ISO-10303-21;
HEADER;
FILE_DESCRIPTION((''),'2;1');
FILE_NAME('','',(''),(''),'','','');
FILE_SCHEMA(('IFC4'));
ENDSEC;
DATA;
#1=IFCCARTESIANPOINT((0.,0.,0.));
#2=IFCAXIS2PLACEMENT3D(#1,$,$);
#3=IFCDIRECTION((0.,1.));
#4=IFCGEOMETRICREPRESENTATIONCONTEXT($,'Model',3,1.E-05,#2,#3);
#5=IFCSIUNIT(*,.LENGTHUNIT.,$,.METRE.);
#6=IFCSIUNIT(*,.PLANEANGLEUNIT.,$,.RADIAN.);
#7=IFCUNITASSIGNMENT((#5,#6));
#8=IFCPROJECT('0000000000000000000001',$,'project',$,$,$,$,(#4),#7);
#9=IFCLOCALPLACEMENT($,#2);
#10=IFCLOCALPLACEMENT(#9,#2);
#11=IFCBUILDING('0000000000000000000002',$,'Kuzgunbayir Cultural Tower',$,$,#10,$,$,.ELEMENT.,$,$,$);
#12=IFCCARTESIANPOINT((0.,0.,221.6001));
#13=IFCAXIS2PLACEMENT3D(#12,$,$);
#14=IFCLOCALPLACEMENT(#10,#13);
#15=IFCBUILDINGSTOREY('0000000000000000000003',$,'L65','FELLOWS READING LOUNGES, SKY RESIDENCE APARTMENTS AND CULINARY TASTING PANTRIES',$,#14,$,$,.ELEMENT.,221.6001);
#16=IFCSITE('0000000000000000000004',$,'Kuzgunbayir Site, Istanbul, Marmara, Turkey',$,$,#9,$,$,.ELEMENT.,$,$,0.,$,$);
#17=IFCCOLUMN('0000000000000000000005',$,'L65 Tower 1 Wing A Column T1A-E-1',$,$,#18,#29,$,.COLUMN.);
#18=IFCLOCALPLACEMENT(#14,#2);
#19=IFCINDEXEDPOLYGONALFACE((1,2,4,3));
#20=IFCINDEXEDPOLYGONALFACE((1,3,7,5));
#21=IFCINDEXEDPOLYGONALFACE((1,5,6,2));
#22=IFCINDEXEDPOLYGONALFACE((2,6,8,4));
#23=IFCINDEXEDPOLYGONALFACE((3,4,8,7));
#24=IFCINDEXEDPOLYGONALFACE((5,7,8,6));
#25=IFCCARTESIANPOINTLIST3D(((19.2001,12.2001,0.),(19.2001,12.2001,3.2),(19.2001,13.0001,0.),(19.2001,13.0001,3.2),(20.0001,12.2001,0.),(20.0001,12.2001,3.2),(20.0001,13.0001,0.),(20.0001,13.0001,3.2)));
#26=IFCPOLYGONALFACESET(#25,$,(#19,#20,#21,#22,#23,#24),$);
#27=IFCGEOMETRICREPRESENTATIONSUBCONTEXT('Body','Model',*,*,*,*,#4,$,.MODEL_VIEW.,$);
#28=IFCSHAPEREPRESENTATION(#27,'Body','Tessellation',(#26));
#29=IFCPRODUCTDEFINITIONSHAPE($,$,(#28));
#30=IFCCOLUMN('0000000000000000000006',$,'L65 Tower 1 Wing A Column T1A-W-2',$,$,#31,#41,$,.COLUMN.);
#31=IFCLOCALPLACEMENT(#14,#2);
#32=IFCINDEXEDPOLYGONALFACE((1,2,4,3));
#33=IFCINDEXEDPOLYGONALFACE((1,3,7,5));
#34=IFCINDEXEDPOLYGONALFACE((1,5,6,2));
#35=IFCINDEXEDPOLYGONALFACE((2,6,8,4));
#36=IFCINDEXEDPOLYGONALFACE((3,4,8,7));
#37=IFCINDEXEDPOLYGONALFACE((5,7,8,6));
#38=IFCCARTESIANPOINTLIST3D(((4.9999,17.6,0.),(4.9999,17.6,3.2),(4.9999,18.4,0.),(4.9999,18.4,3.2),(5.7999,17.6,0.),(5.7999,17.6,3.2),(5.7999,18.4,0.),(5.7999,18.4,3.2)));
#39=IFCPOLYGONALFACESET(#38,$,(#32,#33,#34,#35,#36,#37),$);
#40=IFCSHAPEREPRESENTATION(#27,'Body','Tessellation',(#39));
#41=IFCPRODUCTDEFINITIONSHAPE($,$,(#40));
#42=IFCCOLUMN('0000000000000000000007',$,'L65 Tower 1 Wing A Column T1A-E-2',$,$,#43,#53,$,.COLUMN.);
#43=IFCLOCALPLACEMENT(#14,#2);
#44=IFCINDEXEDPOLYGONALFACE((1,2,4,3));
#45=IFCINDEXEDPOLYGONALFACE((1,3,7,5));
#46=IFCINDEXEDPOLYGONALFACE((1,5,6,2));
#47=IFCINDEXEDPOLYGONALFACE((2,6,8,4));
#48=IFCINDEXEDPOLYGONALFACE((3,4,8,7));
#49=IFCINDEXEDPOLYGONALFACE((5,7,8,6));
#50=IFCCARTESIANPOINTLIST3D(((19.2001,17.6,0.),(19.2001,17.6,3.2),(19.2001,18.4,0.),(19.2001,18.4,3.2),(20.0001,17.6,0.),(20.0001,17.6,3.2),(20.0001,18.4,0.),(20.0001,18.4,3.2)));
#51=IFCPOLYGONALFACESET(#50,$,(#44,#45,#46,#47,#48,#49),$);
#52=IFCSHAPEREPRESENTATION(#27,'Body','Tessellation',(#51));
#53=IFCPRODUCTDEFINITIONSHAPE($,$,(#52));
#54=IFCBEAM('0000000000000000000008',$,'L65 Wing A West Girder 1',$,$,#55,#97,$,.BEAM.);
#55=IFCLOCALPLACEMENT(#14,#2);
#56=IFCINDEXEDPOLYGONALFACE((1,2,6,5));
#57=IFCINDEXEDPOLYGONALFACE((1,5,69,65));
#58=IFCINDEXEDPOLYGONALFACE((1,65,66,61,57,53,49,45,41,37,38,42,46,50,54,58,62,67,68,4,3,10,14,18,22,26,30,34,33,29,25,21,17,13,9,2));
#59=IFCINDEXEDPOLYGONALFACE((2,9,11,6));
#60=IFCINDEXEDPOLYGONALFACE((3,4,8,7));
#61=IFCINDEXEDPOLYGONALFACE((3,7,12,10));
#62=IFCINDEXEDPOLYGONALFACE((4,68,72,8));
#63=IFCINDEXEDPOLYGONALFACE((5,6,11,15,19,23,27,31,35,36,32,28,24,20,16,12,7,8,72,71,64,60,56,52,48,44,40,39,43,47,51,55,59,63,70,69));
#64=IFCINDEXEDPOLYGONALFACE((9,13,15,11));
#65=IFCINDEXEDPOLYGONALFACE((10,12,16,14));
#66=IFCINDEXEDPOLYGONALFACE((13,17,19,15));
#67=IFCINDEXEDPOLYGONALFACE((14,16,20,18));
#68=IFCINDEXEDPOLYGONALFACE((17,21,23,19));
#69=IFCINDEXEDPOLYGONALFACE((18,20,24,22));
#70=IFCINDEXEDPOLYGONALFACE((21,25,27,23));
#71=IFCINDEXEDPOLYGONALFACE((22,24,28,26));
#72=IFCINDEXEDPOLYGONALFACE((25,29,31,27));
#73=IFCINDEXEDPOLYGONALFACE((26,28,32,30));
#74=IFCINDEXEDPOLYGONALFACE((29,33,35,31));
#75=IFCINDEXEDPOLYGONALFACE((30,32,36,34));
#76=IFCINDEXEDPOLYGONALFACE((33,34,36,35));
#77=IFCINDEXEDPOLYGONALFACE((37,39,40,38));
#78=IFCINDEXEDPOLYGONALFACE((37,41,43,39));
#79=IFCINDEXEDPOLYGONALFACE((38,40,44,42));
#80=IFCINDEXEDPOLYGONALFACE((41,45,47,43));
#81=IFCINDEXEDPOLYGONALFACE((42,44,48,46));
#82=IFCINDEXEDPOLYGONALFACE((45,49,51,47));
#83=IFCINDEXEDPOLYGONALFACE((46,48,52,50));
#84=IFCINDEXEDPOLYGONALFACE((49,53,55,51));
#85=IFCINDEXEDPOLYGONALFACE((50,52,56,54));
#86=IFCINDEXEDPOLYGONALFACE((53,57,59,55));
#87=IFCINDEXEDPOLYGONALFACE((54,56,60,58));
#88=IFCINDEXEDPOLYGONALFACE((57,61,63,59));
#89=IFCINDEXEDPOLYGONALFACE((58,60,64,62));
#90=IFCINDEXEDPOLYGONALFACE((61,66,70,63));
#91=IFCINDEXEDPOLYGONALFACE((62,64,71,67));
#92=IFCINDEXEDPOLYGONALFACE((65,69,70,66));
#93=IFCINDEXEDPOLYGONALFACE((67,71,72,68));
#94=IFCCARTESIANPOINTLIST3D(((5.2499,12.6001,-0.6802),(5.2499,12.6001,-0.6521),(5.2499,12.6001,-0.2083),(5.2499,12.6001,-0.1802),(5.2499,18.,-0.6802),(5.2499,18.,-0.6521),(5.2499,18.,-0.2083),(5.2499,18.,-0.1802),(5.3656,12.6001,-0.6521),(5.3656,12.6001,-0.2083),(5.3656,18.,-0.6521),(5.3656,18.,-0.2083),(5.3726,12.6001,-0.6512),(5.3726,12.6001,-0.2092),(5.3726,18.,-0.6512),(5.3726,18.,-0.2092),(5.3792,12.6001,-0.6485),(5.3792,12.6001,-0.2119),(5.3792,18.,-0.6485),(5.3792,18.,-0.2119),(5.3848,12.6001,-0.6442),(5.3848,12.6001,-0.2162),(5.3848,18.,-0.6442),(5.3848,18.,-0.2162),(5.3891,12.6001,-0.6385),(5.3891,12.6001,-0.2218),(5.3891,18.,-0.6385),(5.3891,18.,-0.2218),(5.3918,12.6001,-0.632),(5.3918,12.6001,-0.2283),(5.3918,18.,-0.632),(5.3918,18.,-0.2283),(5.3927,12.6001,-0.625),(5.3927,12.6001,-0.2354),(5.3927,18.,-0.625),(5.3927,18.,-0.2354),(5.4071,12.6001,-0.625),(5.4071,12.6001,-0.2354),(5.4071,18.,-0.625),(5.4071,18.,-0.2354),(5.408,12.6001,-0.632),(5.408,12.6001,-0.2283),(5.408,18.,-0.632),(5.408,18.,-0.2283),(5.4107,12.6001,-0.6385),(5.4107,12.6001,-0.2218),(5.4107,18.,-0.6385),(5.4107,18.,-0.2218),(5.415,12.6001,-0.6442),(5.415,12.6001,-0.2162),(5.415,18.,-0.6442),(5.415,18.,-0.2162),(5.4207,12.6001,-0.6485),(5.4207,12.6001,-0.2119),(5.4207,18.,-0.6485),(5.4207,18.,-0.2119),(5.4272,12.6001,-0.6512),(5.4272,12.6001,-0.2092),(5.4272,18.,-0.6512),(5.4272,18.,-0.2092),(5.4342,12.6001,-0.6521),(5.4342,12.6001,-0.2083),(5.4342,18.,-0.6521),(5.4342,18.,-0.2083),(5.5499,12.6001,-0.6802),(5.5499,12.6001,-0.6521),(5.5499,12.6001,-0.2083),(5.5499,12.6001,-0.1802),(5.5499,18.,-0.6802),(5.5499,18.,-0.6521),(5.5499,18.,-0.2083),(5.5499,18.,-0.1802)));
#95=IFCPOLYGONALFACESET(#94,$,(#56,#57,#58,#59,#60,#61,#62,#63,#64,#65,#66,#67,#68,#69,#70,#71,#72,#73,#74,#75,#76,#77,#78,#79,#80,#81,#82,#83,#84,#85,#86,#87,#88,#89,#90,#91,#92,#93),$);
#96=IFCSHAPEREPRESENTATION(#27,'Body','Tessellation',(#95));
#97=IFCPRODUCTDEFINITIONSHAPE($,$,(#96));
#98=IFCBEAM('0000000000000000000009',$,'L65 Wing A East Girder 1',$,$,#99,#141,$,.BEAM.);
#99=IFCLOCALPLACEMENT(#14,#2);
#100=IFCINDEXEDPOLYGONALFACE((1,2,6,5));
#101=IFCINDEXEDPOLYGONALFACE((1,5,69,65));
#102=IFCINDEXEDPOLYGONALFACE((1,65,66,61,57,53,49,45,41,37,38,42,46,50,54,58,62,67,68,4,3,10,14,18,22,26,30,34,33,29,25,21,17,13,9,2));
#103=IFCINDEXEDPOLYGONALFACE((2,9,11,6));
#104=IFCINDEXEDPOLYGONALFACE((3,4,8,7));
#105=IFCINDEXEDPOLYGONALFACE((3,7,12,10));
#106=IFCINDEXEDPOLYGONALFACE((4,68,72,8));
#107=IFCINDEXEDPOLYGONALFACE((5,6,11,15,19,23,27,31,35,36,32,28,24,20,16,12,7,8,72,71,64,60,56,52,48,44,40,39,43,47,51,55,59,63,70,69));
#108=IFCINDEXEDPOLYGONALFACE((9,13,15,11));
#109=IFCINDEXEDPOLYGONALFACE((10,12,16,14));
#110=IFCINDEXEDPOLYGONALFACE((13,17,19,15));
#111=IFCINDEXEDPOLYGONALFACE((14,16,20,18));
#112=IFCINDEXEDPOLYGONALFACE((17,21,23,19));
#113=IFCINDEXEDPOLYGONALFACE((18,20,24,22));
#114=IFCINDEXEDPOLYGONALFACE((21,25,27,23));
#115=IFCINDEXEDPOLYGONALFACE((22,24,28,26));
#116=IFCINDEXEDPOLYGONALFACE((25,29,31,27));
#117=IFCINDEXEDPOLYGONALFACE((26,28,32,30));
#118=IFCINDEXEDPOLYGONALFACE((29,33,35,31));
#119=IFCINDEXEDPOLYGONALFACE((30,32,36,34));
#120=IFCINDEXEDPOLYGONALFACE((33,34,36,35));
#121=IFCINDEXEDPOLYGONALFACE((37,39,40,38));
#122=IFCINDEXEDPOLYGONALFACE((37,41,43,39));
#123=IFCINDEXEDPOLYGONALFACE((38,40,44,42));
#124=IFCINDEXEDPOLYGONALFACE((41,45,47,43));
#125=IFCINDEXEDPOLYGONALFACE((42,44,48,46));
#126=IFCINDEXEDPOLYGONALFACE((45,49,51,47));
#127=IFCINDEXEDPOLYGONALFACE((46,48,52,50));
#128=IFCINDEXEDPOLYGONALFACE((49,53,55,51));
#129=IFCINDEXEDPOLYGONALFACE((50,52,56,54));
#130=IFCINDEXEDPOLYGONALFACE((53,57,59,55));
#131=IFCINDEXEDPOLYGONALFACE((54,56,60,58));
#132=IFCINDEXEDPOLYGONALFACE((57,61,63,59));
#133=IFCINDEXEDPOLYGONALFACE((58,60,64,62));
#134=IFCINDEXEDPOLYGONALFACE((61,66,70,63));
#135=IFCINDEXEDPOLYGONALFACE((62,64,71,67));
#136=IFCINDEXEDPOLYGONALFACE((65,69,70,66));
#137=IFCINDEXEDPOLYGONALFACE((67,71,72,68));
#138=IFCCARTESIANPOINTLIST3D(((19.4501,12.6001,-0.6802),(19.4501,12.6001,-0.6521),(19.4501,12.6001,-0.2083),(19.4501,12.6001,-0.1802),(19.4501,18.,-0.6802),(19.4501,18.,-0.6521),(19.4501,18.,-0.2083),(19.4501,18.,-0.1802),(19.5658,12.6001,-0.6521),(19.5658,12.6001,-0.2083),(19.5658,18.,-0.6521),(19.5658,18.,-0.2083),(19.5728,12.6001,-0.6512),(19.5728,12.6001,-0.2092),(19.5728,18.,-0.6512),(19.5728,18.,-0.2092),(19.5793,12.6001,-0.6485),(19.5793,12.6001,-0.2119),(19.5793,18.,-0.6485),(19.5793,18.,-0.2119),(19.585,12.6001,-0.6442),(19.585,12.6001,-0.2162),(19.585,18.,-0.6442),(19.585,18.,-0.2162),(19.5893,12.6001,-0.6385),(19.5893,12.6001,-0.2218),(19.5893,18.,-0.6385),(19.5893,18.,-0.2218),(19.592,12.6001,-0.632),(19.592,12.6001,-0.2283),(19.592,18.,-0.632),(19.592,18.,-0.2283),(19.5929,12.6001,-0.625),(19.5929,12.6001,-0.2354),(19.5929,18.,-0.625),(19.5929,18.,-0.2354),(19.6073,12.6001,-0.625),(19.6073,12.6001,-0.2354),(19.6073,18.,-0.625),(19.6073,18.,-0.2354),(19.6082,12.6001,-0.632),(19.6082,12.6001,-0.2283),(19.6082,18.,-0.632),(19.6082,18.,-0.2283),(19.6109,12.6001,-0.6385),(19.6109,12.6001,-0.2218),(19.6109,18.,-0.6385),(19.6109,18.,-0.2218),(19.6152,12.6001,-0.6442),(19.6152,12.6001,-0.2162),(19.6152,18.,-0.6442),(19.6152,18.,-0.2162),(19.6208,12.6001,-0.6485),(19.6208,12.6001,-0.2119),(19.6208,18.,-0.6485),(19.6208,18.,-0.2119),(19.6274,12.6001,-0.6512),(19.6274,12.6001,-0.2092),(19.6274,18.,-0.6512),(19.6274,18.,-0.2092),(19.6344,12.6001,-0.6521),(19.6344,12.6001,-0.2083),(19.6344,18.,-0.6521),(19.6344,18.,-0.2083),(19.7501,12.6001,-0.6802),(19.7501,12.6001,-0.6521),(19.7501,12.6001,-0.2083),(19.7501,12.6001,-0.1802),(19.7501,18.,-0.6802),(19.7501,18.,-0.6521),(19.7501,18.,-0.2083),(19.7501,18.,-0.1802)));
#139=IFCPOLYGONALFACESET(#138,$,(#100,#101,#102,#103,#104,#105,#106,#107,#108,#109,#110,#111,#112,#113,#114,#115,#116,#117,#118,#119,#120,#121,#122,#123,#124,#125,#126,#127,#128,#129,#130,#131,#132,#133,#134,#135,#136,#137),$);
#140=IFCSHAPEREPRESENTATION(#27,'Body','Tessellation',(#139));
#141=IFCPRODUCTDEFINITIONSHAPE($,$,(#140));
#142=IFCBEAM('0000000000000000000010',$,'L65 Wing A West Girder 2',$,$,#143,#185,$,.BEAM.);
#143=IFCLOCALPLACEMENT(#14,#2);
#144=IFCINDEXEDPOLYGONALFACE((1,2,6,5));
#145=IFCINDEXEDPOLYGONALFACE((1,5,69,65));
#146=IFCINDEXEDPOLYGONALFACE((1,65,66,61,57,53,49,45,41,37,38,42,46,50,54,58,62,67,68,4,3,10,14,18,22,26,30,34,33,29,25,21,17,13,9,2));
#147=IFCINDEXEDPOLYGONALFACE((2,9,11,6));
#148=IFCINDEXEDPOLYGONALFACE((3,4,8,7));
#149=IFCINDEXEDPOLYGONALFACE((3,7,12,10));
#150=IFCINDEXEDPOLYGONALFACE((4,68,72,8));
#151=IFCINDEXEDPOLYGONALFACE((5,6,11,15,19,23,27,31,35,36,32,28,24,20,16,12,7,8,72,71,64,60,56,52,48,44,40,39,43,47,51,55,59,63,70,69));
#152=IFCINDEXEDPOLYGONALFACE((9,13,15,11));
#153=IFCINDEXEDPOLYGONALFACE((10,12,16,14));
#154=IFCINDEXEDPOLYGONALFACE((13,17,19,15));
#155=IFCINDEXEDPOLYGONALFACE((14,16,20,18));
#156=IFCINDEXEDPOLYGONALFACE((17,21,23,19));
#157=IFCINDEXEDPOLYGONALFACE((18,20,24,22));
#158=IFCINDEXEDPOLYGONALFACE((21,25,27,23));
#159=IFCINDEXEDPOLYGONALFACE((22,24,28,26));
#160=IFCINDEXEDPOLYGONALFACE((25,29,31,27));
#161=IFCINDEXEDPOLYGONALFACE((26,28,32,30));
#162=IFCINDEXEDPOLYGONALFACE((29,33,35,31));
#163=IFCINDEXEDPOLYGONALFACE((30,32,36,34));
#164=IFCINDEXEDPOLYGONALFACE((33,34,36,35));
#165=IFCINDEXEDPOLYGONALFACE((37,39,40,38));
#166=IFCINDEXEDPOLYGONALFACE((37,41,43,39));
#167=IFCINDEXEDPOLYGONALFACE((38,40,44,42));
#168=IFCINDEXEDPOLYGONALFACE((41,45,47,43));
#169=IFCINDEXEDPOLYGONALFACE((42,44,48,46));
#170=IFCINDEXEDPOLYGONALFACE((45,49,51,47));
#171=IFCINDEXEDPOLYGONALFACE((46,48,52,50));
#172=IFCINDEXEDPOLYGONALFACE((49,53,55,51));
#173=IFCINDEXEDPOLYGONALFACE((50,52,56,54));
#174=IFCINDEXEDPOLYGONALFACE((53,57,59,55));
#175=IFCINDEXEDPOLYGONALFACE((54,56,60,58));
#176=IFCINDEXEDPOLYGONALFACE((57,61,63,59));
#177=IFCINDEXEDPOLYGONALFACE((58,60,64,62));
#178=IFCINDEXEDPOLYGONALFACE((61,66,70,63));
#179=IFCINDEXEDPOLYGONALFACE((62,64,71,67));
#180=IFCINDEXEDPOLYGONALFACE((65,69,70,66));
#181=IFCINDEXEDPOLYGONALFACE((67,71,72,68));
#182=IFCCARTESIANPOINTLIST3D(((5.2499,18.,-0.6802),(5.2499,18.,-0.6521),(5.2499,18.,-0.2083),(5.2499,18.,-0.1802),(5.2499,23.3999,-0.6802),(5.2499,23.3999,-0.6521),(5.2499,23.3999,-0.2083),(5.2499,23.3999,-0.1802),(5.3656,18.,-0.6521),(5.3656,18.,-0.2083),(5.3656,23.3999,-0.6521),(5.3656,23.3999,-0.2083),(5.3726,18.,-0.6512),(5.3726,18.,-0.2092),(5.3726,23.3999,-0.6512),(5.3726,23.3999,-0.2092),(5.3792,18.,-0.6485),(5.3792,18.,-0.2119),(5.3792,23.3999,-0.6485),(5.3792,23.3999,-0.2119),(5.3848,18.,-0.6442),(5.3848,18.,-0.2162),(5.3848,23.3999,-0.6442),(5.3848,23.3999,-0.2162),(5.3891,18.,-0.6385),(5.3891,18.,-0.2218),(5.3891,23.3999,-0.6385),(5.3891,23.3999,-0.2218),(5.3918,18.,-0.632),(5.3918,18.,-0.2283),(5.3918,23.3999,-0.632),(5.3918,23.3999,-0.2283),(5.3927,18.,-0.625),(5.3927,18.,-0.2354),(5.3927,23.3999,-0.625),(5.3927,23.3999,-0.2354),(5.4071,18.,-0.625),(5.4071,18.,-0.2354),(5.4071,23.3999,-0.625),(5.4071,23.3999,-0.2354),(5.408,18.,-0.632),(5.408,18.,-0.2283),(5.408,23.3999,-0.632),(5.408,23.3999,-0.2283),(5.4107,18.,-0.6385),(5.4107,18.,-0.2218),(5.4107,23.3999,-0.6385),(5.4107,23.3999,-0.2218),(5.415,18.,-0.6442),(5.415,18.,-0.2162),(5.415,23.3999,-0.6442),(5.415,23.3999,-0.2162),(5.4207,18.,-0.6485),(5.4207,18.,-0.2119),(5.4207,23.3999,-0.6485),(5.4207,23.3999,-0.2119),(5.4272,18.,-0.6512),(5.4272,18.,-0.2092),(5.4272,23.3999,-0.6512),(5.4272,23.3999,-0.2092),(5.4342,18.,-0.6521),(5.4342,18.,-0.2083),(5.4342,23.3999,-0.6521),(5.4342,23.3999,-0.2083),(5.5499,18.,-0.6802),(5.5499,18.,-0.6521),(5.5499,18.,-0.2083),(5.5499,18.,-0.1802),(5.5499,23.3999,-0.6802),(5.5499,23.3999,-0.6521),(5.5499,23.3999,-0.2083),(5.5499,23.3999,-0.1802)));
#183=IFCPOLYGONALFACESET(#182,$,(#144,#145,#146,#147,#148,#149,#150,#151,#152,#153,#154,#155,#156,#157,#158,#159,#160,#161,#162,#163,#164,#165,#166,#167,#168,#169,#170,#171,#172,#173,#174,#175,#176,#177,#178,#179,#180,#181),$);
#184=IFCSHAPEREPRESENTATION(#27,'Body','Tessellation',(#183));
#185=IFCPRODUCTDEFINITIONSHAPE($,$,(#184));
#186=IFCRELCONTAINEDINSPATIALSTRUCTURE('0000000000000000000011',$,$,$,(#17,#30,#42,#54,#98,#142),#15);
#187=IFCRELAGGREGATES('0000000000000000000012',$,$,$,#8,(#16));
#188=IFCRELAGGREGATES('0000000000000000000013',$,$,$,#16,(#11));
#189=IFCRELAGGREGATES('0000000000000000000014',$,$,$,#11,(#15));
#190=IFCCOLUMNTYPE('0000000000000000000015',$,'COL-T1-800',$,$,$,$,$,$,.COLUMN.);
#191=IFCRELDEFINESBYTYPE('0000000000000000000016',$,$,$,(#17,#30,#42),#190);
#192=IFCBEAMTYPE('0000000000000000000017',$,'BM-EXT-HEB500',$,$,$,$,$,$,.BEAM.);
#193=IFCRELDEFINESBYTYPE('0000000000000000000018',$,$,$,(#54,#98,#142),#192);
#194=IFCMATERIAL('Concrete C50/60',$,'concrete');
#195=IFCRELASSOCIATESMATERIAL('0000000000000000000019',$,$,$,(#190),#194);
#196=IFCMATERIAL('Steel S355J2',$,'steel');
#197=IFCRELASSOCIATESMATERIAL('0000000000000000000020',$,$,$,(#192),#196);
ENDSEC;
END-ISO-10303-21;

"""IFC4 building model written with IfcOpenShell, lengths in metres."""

from ifc_helpers import new_model, si_unit, direction, frame, origin, origin_2d, place, context, subcontext, project, spatial, rectangle, i_section, extrude, material, material_profile, profile_set, type_object, element, save


model = new_model("IFC4")

# Units and contexts
model_context = context("Model", 3, precision=1e-05, world=origin(), true_north=direction((0.0, 1.0)))
body_context = subcontext(model_context, "Body", "Model", "MODEL_VIEW")
ifc_project = project(units=[si_unit("LENGTHUNIT", "METRE"), si_unit("PLANEANGLEUNIT", "RADIAN")], contexts=[model_context])

# Site, building, storey
site_placement = place(None, origin())
site = spatial("IfcSite", under=ifc_project, at=site_placement, Name="Kuzgunbayir Site, Istanbul, Marmara, Turkey", CompositionType="ELEMENT", RefElevation=0.0)
building_placement = place(site_placement, origin())
building = spatial("IfcBuilding", under=site, at=building_placement, Name="Kuzgunbayir Cultural Tower", CompositionType="ELEMENT")
storey_placement = place(building_placement, frame((0.0, 0.0, 221.6001)))
storey = spatial("IfcBuildingStorey", under=building, at=storey_placement, Name="L65", Description="FELLOWS READING LOUNGES, SKY RESIDENCE APARTMENTS AND CULINARY TASTING PANTRIES", CompositionType="ELEMENT", Elevation=221.6001)

# Columns
ifc_material_1 = material(Name="Concrete C50/60", Category="concrete")
ifc_material_profile_1 = material_profile(ifc_material_1, rectangle(XDim=0.8, YDim=0.8, at=origin_2d()), Name="RC 800x800")
ifc_profile_set_1 = profile_set([ifc_material_profile_1], Name="Concrete C50/60")
column_type = type_object("IfcColumnType", Name="COL-T1-800", PredefinedType="COLUMN", material=ifc_profile_set_1)
for number, where, z_axis, x_axis, name in (
    (1, (19.6001, 12.6001, 0.0), (0.0, 0.0, 1.0), (1.0, 0.0, 0.0), "L65 Tower 1 Wing A Column T1A-E-1"),
    (2, (5.3999, 18.0, 0.0), (0.0, 0.0, 1.0), (1.0, 0.0, 0.0), "L65 Tower 1 Wing A Column T1A-W-2"),
    (3, (19.6001, 18.0, 0.0), (0.0, 0.0, 1.0), (1.0, 0.0, 0.0), "L65 Tower 1 Wing A Column T1A-E-2"),
):
    element("IfcColumn", number, at=place(storey_placement, frame(where, z_axis=z_axis, x_axis=x_axis)), inside=storey, type_object=column_type, Name=name, PredefinedType="COLUMN", context=body_context, shape_type="SweptSolid", body=[
        extrude(rectangle(XDim=0.8, YDim=0.8, at=origin_2d()), origin(), (0.0, 0.0, 1.0), 3.2),
    ])

# Beams
ifc_material_2 = material(Name="Steel S355J2", Category="steel")
ifc_material_profile_2 = material_profile(ifc_material_2, i_section(OverallWidth=0.3, OverallDepth=0.5, WebThickness=0.0144, FlangeThickness=0.0281, FilletRadius=0.0271, at=origin_2d()), Name="HEB 500")
ifc_profile_set_2 = profile_set([ifc_material_profile_2], Name="Steel S355J2")
beam_type_1 = type_object("IfcBeamType", Name="BM-EXT-HEB500", PredefinedType="BEAM", material=ifc_profile_set_2)
for number, where, z_axis, x_axis, name in (
    (4, (5.3999, 12.6001, -0.4302), (0.0, 1.0, 0.0), (-1.0, 0.0, 0.0), "L65 Wing A West Girder 1"),
    (5, (19.6001, 12.6001, -0.4302), (0.0, 1.0, 0.0), (-1.0, 0.0, 0.0), "L65 Wing A East Girder 1"),
    (6, (5.3999, 18.0, -0.4302), (0.0, 1.0, 0.0), (-1.0, 0.0, 0.0), "L65 Wing A West Girder 2"),
):
    element("IfcBeam", number, at=place(storey_placement, frame(where, z_axis=z_axis, x_axis=x_axis)), inside=storey, type_object=beam_type_1, Name=name, PredefinedType="BEAM", context=body_context, shape_type="SweptSolid", body=[
        extrude(i_section(OverallWidth=0.3, OverallDepth=0.5, WebThickness=0.0144, FlangeThickness=0.0281, FilletRadius=0.0271, at=origin_2d()), origin(), (0.0, 0.0, 1.0), 5.3999),
    ])

save(model, "model.ifc")
